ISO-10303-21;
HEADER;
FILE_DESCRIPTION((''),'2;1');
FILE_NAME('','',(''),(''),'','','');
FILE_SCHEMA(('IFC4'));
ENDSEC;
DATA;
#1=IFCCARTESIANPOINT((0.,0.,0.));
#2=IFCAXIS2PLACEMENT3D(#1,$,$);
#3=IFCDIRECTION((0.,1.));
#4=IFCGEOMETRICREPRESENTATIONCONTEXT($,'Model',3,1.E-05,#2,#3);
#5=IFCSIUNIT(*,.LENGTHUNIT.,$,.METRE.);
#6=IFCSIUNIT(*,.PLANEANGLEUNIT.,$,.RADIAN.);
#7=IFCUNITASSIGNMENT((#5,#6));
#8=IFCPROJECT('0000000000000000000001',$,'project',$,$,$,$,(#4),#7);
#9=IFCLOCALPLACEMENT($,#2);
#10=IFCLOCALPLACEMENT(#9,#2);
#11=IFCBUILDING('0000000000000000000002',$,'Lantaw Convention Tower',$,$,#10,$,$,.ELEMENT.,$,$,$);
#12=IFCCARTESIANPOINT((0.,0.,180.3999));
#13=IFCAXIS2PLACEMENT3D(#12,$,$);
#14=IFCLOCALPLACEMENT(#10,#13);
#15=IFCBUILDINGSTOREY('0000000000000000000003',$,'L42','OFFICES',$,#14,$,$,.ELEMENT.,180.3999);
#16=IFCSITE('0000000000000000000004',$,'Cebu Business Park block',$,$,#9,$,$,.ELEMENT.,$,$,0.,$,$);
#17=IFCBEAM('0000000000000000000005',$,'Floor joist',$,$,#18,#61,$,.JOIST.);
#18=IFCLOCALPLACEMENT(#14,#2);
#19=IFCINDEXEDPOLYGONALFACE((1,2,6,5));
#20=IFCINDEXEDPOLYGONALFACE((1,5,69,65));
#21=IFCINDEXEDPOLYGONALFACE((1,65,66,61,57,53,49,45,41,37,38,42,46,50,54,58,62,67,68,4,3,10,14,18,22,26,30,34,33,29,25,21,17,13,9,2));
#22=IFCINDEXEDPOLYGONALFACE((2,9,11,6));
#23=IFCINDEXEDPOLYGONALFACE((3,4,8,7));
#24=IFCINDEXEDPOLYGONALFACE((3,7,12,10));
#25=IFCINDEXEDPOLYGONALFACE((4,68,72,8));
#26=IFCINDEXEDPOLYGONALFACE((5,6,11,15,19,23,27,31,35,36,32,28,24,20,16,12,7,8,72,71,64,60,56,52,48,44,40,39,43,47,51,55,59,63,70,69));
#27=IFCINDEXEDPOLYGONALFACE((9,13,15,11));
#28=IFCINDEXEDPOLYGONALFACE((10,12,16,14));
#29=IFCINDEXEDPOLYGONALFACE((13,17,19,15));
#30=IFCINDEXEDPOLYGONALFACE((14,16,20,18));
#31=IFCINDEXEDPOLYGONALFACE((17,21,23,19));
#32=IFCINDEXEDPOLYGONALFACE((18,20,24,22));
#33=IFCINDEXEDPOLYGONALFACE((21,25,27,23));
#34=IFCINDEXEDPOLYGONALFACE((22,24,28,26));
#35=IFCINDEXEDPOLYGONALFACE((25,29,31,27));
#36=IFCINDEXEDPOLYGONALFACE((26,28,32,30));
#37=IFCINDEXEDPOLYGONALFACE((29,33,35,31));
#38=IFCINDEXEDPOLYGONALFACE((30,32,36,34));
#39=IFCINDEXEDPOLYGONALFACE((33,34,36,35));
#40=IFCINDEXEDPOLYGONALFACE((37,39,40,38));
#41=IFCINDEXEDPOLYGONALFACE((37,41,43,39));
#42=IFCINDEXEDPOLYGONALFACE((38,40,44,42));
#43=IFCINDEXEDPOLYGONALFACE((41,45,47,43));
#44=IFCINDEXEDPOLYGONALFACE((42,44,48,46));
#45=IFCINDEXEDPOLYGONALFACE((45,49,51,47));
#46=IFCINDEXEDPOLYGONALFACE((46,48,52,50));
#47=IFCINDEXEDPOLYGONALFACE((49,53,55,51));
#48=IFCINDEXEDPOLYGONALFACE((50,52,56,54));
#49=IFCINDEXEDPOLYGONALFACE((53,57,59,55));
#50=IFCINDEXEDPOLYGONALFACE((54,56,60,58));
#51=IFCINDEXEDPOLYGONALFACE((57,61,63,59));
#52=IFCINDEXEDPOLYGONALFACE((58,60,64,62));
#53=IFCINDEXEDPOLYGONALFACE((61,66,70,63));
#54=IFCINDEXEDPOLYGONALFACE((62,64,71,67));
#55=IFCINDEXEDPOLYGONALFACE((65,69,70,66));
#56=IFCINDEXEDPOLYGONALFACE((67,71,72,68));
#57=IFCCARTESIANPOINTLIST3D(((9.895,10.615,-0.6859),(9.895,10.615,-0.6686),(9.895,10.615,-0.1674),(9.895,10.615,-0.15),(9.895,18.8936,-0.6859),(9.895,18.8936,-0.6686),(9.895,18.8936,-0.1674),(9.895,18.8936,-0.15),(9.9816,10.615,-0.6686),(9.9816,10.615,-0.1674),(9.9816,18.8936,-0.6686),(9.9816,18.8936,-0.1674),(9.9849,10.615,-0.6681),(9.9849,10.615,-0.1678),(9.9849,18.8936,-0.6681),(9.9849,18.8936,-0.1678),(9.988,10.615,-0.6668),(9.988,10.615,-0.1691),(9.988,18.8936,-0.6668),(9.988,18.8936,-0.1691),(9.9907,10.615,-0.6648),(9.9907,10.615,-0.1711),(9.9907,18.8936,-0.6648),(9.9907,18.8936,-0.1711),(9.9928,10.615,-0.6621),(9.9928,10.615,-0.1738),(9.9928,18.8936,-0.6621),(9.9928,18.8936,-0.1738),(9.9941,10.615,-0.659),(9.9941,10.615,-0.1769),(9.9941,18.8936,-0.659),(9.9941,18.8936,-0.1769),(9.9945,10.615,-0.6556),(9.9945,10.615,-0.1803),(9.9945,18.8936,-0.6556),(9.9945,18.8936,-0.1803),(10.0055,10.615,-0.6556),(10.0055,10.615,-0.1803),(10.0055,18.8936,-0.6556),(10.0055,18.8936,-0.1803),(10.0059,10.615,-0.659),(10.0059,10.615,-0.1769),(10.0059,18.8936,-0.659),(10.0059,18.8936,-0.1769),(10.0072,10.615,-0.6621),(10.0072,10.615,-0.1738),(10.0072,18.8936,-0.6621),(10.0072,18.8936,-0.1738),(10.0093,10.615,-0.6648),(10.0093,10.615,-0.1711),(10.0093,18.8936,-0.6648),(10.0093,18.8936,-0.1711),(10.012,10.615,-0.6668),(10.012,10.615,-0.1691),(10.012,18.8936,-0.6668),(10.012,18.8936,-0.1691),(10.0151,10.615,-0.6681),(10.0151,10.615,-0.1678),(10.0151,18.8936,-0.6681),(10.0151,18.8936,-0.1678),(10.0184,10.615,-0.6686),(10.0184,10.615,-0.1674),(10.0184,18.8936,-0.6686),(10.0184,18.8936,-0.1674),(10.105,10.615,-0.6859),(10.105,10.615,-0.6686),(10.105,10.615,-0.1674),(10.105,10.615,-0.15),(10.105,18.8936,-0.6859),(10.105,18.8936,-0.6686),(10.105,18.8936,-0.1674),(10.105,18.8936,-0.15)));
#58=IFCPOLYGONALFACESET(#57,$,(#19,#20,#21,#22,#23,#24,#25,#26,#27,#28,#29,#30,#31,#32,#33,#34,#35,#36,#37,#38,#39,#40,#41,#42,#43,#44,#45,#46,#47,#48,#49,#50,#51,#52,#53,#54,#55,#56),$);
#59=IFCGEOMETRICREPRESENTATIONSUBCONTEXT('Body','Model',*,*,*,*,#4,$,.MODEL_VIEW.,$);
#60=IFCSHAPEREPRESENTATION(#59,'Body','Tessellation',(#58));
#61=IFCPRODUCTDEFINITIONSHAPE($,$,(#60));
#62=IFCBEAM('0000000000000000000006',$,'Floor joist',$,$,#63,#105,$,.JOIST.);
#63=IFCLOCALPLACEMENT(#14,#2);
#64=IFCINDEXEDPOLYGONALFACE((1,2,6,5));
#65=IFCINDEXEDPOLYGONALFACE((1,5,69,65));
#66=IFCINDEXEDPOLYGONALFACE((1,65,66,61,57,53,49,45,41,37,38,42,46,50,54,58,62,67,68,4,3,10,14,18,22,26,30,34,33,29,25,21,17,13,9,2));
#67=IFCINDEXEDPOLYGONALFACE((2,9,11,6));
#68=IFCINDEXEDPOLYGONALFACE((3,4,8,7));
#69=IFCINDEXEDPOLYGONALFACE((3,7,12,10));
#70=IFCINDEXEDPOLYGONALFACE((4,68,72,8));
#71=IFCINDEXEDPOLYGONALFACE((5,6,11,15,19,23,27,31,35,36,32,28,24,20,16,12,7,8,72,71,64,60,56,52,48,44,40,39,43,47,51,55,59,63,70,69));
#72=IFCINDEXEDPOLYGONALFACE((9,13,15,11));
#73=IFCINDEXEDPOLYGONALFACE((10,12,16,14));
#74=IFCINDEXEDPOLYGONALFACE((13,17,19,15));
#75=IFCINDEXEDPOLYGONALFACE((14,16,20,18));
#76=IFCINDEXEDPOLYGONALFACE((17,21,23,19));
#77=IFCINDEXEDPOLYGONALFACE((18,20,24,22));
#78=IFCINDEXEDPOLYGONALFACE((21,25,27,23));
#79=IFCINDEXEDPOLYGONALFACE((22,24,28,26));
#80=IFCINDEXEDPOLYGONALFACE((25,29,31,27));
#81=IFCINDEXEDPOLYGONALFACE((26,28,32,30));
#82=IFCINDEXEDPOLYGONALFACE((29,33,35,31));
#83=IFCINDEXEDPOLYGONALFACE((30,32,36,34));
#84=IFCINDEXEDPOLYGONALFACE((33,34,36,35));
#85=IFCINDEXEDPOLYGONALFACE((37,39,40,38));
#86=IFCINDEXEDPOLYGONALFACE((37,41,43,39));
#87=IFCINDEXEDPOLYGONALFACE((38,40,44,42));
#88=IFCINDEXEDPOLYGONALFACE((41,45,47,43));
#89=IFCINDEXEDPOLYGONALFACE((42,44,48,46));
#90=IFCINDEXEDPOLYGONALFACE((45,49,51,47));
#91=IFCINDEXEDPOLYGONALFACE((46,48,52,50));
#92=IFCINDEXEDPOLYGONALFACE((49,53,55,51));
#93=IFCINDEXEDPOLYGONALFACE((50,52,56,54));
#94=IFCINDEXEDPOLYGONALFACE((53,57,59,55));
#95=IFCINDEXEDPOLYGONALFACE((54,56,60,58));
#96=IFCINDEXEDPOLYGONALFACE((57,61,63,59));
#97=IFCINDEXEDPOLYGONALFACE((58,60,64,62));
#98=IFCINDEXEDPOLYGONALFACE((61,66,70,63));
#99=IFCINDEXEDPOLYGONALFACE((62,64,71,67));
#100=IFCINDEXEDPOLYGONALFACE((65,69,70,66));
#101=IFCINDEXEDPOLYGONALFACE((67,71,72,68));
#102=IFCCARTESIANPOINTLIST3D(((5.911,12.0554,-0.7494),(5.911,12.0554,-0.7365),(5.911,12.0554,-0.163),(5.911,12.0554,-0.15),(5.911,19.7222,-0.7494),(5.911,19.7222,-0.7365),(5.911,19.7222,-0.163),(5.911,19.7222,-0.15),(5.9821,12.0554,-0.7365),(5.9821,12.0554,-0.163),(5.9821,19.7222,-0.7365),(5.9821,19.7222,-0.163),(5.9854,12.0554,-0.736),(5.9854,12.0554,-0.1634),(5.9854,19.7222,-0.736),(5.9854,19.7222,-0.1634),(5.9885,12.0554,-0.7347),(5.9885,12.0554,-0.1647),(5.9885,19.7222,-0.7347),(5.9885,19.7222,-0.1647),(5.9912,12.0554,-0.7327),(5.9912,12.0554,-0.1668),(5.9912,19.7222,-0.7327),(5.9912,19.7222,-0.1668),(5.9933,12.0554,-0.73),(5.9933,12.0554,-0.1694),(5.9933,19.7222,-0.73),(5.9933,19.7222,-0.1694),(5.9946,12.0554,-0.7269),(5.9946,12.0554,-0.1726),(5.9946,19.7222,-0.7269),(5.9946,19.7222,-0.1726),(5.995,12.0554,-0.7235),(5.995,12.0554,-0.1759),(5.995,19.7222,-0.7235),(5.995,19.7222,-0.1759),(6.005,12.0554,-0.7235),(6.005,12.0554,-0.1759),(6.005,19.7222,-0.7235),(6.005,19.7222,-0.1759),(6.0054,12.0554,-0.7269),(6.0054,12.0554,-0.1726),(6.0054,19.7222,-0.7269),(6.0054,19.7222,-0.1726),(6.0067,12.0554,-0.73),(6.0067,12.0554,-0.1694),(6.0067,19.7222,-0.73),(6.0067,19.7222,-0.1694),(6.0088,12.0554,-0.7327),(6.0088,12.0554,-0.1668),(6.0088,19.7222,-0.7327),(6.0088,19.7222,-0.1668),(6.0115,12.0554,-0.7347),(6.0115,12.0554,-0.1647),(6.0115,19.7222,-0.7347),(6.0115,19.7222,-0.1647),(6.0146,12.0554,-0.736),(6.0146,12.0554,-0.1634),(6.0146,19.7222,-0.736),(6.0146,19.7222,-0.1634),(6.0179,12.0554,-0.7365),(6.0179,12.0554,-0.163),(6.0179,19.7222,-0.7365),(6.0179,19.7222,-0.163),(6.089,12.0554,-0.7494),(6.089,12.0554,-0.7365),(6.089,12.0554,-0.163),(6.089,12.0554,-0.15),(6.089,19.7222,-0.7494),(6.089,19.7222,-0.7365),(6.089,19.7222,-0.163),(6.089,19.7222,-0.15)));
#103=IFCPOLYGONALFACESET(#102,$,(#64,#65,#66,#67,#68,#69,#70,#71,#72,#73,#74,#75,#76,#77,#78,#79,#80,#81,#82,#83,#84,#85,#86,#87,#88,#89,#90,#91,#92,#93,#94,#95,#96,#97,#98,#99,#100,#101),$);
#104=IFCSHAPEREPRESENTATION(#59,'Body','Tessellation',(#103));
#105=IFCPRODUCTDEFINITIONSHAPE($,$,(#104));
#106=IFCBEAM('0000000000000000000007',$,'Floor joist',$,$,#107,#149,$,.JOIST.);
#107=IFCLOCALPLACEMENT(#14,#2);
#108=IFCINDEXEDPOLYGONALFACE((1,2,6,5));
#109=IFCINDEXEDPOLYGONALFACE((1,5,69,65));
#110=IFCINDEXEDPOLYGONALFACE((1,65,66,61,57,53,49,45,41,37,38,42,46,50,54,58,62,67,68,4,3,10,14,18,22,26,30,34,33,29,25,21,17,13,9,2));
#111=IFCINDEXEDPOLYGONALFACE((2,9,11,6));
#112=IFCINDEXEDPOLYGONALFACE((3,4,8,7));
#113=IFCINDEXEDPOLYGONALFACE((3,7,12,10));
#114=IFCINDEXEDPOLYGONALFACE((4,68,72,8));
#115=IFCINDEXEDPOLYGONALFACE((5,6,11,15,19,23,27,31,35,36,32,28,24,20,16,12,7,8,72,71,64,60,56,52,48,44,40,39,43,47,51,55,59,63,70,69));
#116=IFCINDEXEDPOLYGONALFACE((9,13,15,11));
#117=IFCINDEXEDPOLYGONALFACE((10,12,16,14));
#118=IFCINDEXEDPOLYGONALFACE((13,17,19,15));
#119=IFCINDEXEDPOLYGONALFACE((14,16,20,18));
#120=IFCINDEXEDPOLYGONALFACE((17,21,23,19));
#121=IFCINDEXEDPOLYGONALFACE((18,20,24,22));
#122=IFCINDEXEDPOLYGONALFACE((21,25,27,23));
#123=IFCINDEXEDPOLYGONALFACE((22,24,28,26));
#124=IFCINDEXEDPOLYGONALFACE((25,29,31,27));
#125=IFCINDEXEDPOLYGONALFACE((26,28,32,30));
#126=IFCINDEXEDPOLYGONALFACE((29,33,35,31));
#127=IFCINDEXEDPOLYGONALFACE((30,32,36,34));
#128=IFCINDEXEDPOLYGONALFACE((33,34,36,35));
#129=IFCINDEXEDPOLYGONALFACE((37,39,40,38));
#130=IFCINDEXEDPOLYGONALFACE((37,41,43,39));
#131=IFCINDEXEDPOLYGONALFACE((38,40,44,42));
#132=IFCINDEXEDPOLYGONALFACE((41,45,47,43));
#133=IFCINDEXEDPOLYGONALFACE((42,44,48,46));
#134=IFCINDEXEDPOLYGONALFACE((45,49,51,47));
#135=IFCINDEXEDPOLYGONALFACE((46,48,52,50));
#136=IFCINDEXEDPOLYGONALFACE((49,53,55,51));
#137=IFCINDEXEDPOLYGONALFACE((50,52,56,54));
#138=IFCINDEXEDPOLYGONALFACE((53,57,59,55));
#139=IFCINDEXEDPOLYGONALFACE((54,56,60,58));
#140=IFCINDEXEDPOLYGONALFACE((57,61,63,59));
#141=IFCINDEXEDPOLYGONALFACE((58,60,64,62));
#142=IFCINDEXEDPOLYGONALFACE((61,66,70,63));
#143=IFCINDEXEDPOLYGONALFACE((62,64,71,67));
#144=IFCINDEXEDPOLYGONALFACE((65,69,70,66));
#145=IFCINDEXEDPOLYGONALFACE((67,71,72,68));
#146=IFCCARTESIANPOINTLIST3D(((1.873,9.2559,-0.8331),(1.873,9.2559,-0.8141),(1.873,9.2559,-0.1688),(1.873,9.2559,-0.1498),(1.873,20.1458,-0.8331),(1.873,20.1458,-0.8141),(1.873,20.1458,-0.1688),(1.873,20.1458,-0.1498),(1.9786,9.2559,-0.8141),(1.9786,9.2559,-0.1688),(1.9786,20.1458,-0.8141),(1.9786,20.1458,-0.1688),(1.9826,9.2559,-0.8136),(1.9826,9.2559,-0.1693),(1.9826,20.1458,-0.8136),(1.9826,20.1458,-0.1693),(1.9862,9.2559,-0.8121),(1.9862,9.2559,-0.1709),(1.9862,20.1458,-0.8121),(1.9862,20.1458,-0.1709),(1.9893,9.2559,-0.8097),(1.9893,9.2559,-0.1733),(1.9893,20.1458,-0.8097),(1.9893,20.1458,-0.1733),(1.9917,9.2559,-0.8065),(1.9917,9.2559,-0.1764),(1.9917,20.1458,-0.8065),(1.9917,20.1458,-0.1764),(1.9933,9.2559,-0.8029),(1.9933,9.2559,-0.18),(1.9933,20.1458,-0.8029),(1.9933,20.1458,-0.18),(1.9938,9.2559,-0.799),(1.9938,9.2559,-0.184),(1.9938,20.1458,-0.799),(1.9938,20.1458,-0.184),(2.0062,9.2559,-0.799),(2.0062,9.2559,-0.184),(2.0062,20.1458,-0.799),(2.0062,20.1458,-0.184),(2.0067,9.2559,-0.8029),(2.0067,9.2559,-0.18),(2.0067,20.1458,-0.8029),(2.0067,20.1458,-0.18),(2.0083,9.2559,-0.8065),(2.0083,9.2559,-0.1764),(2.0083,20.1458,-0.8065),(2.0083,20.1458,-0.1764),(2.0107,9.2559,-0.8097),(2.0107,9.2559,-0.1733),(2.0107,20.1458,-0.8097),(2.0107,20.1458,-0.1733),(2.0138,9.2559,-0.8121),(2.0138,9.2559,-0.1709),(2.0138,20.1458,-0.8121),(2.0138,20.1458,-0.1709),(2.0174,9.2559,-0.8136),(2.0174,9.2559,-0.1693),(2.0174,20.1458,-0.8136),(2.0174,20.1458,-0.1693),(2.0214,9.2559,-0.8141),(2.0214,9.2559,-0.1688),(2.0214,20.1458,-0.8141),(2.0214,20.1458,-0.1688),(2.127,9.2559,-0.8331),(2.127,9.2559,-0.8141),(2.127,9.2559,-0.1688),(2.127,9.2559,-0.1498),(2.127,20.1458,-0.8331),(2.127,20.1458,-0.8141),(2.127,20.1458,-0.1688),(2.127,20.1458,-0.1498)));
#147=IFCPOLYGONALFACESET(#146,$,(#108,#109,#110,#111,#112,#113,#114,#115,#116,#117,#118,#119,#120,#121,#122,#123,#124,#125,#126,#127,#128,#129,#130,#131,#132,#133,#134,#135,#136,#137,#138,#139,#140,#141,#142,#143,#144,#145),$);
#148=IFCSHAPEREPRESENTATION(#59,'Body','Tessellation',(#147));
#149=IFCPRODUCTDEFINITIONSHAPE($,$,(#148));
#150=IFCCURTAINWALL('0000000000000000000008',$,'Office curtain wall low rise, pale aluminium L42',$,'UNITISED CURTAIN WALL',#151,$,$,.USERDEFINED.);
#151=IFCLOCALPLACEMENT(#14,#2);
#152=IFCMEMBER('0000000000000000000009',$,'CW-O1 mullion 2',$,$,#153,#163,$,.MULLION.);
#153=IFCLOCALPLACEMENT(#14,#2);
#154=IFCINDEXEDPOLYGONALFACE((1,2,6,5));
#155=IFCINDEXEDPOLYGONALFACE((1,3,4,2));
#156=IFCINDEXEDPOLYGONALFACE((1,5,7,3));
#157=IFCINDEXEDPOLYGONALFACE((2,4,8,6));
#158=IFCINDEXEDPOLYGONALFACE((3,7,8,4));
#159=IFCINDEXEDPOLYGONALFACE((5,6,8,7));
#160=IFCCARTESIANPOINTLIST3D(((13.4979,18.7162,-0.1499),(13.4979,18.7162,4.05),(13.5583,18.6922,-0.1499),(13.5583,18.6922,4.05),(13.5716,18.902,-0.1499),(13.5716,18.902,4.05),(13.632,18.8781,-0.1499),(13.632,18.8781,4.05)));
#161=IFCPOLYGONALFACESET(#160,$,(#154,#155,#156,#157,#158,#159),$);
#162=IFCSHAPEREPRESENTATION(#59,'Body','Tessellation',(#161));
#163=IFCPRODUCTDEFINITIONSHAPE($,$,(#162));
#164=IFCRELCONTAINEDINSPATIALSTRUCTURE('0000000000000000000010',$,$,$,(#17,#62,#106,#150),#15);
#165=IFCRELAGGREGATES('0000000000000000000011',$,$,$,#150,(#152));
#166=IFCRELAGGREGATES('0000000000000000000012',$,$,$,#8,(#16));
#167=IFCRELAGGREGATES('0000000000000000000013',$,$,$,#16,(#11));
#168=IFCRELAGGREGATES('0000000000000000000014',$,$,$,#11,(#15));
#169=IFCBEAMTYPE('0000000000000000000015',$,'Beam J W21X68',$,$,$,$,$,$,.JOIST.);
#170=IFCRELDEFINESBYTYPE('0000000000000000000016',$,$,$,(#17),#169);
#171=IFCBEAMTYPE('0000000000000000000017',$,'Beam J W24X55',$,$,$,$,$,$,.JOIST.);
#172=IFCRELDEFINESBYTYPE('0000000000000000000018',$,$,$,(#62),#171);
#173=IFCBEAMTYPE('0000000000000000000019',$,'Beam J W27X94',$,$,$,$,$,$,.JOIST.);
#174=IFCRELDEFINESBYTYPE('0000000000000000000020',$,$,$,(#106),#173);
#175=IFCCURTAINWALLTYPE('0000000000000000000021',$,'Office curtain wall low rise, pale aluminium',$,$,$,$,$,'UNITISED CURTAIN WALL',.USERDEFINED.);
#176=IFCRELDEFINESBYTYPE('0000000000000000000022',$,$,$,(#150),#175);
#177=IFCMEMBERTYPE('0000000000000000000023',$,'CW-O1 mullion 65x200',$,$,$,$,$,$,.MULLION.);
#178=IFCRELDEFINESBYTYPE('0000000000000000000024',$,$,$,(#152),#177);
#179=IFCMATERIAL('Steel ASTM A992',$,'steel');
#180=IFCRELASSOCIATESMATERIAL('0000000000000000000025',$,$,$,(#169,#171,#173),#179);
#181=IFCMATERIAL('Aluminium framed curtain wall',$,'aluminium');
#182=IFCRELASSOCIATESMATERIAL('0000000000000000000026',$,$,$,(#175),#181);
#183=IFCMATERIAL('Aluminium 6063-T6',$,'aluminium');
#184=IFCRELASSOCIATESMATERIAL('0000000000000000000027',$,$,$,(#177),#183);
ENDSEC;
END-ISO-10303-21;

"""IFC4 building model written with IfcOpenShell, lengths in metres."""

from ifc_helpers import new_model, si_unit, direction, frame, origin, origin_2d, place, context, subcontext, project, spatial, rectangle, i_section, extrude, material, material_profile, profile_set, type_object, element, aggregate, save


model = new_model("IFC4")

# Units and contexts
model_context = context("Model", 3, precision=1e-05, world=origin(), true_north=direction((0.0, 1.0)))
body_context = subcontext(model_context, "Body", "Model", "MODEL_VIEW")
ifc_project = project(units=[si_unit("LENGTHUNIT", "METRE"), si_unit("PLANEANGLEUNIT", "RADIAN")], contexts=[model_context])

# Site, building, storey
site_placement = place(None, origin())
site = spatial("IfcSite", under=ifc_project, at=site_placement, Name="Cebu Business Park block", CompositionType="ELEMENT", RefElevation=0.0)
building_placement = place(site_placement, origin())
building = spatial("IfcBuilding", under=site, at=building_placement, Name="Lantaw Convention Tower", CompositionType="ELEMENT")
storey_placement = place(building_placement, frame((0.0, 0.0, 180.3999)))
storey = spatial("IfcBuildingStorey", under=building, at=storey_placement, Name="L42", Description="OFFICES", CompositionType="ELEMENT", Elevation=180.3999)

# Beams
ifc_material_1 = material(Name="Steel ASTM A992", Category="steel")
ifc_material_profile_1 = material_profile(ifc_material_1, i_section(OverallWidth=0.21, OverallDepth=0.5359, WebThickness=0.011, FlangeThickness=0.0173, FilletRadius=0.0129, at=origin_2d()), Name="W21X68")
ifc_profile_set_1 = profile_set([ifc_material_profile_1], Name="Steel ASTM A992")
beam_type_1 = type_object("IfcBeamType", Name="Beam J W21X68", PredefinedType="JOIST", material=ifc_profile_set_1)
beam_1_placement = place(storey_placement, frame((10.0, 10.615, -0.418), z_axis=(0.0, 1.0, 0.0), x_axis=(-1.0, 0.0, 0.0)))
element("IfcBeam", 1, at=beam_1_placement, inside=storey, type_object=beam_type_1, Name="Floor joist", PredefinedType="JOIST", context=body_context, shape_type="SweptSolid", body=[
    extrude(i_section(OverallWidth=0.21, OverallDepth=0.5359, WebThickness=0.011, FlangeThickness=0.0173, FilletRadius=0.0129, at=origin_2d()), origin(), (0.0, 0.0, 1.0), 8.2786),
])
ifc_material_profile_2 = material_profile(ifc_material_1, i_section(OverallWidth=0.178, OverallDepth=0.5994, WebThickness=0.01, FlangeThickness=0.0129, FilletRadius=0.0129, at=origin_2d()), Name="W24X55")
ifc_profile_set_2 = profile_set([ifc_material_profile_2], Name="Steel ASTM A992")
beam_type_2 = type_object("IfcBeamType", Name="Beam J W24X55", PredefinedType="JOIST", material=ifc_profile_set_2)
beam_2_placement = place(storey_placement, frame((6.0, 12.0554, -0.4497), z_axis=(0.0, 1.0, 0.0), x_axis=(-1.0, 0.0, 0.0)))
element("IfcBeam", 2, at=beam_2_placement, inside=storey, type_object=beam_type_2, Name="Floor joist", PredefinedType="JOIST", context=body_context, shape_type="SweptSolid", body=[
    extrude(i_section(OverallWidth=0.178, OverallDepth=0.5994, WebThickness=0.01, FlangeThickness=0.0129, FilletRadius=0.0129, at=origin_2d()), origin(), (0.0, 0.0, 1.0), 7.6667),
])
ifc_material_profile_3 = material_profile(ifc_material_1, i_section(OverallWidth=0.2539, OverallDepth=0.6833, WebThickness=0.0125, FlangeThickness=0.019, FilletRadius=0.0151, at=origin_2d()), Name="W27X94")
ifc_profile_set_3 = profile_set([ifc_material_profile_3], Name="Steel ASTM A992")
beam_type_3 = type_object("IfcBeamType", Name="Beam J W27X94", PredefinedType="JOIST", material=ifc_profile_set_3)
beam_3_placement = place(storey_placement, frame((2.0, 9.2559, -0.4915), z_axis=(0.0, 1.0, 0.0), x_axis=(-1.0, 0.0, 0.0)))
element("IfcBeam", 3, at=beam_3_placement, inside=storey, type_object=beam_type_3, Name="Floor joist", PredefinedType="JOIST", context=body_context, shape_type="SweptSolid", body=[
    extrude(i_section(OverallWidth=0.2539, OverallDepth=0.6833, WebThickness=0.0125, FlangeThickness=0.019, FilletRadius=0.0151, at=origin_2d()), origin(), (0.0, 0.0, 1.0), 10.8899),
])

# Curtain wall, member
ifc_material_2 = material(Name="Aluminium framed curtain wall", Category="aluminium")
curtain_wall_type = type_object("IfcCurtainWallType", Name="Office curtain wall low rise, pale aluminium", ElementType="UNITISED CURTAIN WALL", PredefinedType="USERDEFINED", material=ifc_material_2)
curtain_wall_placement = place(storey_placement, origin())
curtain_wall = element("IfcCurtainWall", 4, at=curtain_wall_placement, inside=storey, type_object=curtain_wall_type, Name="Office curtain wall low rise, pale aluminium L42", ObjectType="UNITISED CURTAIN WALL", PredefinedType="USERDEFINED")
ifc_material_3 = material(Name="Aluminium 6063-T6", Category="aluminium")
ifc_material_profile_4 = material_profile(ifc_material_3, rectangle(XDim=0.2, YDim=0.0649, at=origin_2d()), Name="CW-O1 mullion 65x200")
ifc_profile_set_4 = profile_set([ifc_material_profile_4], Name="Aluminium 6063-T6")
member_type = type_object("IfcMemberType", Name="CW-O1 mullion 65x200", PredefinedType="MULLION", material=ifc_profile_set_4)
member_placement = place(storey_placement, frame((13.5649, 18.7971, -0.1499), z_axis=(0.0, 0.0, 1.0), x_axis=(-0.368702, -0.929548, 0.0)))
member = element("IfcMember", 5, at=member_placement, type_object=member_type, Name="CW-O1 mullion 2", PredefinedType="MULLION", context=body_context, shape_type="SweptSolid", body=[
    extrude(rectangle(XDim=0.2, YDim=0.0649, at=origin_2d()), origin(), (0.0, 0.0, 1.0), 4.2),
])
aggregate(curtain_wall, [member])

save(model, "model.ifc")
